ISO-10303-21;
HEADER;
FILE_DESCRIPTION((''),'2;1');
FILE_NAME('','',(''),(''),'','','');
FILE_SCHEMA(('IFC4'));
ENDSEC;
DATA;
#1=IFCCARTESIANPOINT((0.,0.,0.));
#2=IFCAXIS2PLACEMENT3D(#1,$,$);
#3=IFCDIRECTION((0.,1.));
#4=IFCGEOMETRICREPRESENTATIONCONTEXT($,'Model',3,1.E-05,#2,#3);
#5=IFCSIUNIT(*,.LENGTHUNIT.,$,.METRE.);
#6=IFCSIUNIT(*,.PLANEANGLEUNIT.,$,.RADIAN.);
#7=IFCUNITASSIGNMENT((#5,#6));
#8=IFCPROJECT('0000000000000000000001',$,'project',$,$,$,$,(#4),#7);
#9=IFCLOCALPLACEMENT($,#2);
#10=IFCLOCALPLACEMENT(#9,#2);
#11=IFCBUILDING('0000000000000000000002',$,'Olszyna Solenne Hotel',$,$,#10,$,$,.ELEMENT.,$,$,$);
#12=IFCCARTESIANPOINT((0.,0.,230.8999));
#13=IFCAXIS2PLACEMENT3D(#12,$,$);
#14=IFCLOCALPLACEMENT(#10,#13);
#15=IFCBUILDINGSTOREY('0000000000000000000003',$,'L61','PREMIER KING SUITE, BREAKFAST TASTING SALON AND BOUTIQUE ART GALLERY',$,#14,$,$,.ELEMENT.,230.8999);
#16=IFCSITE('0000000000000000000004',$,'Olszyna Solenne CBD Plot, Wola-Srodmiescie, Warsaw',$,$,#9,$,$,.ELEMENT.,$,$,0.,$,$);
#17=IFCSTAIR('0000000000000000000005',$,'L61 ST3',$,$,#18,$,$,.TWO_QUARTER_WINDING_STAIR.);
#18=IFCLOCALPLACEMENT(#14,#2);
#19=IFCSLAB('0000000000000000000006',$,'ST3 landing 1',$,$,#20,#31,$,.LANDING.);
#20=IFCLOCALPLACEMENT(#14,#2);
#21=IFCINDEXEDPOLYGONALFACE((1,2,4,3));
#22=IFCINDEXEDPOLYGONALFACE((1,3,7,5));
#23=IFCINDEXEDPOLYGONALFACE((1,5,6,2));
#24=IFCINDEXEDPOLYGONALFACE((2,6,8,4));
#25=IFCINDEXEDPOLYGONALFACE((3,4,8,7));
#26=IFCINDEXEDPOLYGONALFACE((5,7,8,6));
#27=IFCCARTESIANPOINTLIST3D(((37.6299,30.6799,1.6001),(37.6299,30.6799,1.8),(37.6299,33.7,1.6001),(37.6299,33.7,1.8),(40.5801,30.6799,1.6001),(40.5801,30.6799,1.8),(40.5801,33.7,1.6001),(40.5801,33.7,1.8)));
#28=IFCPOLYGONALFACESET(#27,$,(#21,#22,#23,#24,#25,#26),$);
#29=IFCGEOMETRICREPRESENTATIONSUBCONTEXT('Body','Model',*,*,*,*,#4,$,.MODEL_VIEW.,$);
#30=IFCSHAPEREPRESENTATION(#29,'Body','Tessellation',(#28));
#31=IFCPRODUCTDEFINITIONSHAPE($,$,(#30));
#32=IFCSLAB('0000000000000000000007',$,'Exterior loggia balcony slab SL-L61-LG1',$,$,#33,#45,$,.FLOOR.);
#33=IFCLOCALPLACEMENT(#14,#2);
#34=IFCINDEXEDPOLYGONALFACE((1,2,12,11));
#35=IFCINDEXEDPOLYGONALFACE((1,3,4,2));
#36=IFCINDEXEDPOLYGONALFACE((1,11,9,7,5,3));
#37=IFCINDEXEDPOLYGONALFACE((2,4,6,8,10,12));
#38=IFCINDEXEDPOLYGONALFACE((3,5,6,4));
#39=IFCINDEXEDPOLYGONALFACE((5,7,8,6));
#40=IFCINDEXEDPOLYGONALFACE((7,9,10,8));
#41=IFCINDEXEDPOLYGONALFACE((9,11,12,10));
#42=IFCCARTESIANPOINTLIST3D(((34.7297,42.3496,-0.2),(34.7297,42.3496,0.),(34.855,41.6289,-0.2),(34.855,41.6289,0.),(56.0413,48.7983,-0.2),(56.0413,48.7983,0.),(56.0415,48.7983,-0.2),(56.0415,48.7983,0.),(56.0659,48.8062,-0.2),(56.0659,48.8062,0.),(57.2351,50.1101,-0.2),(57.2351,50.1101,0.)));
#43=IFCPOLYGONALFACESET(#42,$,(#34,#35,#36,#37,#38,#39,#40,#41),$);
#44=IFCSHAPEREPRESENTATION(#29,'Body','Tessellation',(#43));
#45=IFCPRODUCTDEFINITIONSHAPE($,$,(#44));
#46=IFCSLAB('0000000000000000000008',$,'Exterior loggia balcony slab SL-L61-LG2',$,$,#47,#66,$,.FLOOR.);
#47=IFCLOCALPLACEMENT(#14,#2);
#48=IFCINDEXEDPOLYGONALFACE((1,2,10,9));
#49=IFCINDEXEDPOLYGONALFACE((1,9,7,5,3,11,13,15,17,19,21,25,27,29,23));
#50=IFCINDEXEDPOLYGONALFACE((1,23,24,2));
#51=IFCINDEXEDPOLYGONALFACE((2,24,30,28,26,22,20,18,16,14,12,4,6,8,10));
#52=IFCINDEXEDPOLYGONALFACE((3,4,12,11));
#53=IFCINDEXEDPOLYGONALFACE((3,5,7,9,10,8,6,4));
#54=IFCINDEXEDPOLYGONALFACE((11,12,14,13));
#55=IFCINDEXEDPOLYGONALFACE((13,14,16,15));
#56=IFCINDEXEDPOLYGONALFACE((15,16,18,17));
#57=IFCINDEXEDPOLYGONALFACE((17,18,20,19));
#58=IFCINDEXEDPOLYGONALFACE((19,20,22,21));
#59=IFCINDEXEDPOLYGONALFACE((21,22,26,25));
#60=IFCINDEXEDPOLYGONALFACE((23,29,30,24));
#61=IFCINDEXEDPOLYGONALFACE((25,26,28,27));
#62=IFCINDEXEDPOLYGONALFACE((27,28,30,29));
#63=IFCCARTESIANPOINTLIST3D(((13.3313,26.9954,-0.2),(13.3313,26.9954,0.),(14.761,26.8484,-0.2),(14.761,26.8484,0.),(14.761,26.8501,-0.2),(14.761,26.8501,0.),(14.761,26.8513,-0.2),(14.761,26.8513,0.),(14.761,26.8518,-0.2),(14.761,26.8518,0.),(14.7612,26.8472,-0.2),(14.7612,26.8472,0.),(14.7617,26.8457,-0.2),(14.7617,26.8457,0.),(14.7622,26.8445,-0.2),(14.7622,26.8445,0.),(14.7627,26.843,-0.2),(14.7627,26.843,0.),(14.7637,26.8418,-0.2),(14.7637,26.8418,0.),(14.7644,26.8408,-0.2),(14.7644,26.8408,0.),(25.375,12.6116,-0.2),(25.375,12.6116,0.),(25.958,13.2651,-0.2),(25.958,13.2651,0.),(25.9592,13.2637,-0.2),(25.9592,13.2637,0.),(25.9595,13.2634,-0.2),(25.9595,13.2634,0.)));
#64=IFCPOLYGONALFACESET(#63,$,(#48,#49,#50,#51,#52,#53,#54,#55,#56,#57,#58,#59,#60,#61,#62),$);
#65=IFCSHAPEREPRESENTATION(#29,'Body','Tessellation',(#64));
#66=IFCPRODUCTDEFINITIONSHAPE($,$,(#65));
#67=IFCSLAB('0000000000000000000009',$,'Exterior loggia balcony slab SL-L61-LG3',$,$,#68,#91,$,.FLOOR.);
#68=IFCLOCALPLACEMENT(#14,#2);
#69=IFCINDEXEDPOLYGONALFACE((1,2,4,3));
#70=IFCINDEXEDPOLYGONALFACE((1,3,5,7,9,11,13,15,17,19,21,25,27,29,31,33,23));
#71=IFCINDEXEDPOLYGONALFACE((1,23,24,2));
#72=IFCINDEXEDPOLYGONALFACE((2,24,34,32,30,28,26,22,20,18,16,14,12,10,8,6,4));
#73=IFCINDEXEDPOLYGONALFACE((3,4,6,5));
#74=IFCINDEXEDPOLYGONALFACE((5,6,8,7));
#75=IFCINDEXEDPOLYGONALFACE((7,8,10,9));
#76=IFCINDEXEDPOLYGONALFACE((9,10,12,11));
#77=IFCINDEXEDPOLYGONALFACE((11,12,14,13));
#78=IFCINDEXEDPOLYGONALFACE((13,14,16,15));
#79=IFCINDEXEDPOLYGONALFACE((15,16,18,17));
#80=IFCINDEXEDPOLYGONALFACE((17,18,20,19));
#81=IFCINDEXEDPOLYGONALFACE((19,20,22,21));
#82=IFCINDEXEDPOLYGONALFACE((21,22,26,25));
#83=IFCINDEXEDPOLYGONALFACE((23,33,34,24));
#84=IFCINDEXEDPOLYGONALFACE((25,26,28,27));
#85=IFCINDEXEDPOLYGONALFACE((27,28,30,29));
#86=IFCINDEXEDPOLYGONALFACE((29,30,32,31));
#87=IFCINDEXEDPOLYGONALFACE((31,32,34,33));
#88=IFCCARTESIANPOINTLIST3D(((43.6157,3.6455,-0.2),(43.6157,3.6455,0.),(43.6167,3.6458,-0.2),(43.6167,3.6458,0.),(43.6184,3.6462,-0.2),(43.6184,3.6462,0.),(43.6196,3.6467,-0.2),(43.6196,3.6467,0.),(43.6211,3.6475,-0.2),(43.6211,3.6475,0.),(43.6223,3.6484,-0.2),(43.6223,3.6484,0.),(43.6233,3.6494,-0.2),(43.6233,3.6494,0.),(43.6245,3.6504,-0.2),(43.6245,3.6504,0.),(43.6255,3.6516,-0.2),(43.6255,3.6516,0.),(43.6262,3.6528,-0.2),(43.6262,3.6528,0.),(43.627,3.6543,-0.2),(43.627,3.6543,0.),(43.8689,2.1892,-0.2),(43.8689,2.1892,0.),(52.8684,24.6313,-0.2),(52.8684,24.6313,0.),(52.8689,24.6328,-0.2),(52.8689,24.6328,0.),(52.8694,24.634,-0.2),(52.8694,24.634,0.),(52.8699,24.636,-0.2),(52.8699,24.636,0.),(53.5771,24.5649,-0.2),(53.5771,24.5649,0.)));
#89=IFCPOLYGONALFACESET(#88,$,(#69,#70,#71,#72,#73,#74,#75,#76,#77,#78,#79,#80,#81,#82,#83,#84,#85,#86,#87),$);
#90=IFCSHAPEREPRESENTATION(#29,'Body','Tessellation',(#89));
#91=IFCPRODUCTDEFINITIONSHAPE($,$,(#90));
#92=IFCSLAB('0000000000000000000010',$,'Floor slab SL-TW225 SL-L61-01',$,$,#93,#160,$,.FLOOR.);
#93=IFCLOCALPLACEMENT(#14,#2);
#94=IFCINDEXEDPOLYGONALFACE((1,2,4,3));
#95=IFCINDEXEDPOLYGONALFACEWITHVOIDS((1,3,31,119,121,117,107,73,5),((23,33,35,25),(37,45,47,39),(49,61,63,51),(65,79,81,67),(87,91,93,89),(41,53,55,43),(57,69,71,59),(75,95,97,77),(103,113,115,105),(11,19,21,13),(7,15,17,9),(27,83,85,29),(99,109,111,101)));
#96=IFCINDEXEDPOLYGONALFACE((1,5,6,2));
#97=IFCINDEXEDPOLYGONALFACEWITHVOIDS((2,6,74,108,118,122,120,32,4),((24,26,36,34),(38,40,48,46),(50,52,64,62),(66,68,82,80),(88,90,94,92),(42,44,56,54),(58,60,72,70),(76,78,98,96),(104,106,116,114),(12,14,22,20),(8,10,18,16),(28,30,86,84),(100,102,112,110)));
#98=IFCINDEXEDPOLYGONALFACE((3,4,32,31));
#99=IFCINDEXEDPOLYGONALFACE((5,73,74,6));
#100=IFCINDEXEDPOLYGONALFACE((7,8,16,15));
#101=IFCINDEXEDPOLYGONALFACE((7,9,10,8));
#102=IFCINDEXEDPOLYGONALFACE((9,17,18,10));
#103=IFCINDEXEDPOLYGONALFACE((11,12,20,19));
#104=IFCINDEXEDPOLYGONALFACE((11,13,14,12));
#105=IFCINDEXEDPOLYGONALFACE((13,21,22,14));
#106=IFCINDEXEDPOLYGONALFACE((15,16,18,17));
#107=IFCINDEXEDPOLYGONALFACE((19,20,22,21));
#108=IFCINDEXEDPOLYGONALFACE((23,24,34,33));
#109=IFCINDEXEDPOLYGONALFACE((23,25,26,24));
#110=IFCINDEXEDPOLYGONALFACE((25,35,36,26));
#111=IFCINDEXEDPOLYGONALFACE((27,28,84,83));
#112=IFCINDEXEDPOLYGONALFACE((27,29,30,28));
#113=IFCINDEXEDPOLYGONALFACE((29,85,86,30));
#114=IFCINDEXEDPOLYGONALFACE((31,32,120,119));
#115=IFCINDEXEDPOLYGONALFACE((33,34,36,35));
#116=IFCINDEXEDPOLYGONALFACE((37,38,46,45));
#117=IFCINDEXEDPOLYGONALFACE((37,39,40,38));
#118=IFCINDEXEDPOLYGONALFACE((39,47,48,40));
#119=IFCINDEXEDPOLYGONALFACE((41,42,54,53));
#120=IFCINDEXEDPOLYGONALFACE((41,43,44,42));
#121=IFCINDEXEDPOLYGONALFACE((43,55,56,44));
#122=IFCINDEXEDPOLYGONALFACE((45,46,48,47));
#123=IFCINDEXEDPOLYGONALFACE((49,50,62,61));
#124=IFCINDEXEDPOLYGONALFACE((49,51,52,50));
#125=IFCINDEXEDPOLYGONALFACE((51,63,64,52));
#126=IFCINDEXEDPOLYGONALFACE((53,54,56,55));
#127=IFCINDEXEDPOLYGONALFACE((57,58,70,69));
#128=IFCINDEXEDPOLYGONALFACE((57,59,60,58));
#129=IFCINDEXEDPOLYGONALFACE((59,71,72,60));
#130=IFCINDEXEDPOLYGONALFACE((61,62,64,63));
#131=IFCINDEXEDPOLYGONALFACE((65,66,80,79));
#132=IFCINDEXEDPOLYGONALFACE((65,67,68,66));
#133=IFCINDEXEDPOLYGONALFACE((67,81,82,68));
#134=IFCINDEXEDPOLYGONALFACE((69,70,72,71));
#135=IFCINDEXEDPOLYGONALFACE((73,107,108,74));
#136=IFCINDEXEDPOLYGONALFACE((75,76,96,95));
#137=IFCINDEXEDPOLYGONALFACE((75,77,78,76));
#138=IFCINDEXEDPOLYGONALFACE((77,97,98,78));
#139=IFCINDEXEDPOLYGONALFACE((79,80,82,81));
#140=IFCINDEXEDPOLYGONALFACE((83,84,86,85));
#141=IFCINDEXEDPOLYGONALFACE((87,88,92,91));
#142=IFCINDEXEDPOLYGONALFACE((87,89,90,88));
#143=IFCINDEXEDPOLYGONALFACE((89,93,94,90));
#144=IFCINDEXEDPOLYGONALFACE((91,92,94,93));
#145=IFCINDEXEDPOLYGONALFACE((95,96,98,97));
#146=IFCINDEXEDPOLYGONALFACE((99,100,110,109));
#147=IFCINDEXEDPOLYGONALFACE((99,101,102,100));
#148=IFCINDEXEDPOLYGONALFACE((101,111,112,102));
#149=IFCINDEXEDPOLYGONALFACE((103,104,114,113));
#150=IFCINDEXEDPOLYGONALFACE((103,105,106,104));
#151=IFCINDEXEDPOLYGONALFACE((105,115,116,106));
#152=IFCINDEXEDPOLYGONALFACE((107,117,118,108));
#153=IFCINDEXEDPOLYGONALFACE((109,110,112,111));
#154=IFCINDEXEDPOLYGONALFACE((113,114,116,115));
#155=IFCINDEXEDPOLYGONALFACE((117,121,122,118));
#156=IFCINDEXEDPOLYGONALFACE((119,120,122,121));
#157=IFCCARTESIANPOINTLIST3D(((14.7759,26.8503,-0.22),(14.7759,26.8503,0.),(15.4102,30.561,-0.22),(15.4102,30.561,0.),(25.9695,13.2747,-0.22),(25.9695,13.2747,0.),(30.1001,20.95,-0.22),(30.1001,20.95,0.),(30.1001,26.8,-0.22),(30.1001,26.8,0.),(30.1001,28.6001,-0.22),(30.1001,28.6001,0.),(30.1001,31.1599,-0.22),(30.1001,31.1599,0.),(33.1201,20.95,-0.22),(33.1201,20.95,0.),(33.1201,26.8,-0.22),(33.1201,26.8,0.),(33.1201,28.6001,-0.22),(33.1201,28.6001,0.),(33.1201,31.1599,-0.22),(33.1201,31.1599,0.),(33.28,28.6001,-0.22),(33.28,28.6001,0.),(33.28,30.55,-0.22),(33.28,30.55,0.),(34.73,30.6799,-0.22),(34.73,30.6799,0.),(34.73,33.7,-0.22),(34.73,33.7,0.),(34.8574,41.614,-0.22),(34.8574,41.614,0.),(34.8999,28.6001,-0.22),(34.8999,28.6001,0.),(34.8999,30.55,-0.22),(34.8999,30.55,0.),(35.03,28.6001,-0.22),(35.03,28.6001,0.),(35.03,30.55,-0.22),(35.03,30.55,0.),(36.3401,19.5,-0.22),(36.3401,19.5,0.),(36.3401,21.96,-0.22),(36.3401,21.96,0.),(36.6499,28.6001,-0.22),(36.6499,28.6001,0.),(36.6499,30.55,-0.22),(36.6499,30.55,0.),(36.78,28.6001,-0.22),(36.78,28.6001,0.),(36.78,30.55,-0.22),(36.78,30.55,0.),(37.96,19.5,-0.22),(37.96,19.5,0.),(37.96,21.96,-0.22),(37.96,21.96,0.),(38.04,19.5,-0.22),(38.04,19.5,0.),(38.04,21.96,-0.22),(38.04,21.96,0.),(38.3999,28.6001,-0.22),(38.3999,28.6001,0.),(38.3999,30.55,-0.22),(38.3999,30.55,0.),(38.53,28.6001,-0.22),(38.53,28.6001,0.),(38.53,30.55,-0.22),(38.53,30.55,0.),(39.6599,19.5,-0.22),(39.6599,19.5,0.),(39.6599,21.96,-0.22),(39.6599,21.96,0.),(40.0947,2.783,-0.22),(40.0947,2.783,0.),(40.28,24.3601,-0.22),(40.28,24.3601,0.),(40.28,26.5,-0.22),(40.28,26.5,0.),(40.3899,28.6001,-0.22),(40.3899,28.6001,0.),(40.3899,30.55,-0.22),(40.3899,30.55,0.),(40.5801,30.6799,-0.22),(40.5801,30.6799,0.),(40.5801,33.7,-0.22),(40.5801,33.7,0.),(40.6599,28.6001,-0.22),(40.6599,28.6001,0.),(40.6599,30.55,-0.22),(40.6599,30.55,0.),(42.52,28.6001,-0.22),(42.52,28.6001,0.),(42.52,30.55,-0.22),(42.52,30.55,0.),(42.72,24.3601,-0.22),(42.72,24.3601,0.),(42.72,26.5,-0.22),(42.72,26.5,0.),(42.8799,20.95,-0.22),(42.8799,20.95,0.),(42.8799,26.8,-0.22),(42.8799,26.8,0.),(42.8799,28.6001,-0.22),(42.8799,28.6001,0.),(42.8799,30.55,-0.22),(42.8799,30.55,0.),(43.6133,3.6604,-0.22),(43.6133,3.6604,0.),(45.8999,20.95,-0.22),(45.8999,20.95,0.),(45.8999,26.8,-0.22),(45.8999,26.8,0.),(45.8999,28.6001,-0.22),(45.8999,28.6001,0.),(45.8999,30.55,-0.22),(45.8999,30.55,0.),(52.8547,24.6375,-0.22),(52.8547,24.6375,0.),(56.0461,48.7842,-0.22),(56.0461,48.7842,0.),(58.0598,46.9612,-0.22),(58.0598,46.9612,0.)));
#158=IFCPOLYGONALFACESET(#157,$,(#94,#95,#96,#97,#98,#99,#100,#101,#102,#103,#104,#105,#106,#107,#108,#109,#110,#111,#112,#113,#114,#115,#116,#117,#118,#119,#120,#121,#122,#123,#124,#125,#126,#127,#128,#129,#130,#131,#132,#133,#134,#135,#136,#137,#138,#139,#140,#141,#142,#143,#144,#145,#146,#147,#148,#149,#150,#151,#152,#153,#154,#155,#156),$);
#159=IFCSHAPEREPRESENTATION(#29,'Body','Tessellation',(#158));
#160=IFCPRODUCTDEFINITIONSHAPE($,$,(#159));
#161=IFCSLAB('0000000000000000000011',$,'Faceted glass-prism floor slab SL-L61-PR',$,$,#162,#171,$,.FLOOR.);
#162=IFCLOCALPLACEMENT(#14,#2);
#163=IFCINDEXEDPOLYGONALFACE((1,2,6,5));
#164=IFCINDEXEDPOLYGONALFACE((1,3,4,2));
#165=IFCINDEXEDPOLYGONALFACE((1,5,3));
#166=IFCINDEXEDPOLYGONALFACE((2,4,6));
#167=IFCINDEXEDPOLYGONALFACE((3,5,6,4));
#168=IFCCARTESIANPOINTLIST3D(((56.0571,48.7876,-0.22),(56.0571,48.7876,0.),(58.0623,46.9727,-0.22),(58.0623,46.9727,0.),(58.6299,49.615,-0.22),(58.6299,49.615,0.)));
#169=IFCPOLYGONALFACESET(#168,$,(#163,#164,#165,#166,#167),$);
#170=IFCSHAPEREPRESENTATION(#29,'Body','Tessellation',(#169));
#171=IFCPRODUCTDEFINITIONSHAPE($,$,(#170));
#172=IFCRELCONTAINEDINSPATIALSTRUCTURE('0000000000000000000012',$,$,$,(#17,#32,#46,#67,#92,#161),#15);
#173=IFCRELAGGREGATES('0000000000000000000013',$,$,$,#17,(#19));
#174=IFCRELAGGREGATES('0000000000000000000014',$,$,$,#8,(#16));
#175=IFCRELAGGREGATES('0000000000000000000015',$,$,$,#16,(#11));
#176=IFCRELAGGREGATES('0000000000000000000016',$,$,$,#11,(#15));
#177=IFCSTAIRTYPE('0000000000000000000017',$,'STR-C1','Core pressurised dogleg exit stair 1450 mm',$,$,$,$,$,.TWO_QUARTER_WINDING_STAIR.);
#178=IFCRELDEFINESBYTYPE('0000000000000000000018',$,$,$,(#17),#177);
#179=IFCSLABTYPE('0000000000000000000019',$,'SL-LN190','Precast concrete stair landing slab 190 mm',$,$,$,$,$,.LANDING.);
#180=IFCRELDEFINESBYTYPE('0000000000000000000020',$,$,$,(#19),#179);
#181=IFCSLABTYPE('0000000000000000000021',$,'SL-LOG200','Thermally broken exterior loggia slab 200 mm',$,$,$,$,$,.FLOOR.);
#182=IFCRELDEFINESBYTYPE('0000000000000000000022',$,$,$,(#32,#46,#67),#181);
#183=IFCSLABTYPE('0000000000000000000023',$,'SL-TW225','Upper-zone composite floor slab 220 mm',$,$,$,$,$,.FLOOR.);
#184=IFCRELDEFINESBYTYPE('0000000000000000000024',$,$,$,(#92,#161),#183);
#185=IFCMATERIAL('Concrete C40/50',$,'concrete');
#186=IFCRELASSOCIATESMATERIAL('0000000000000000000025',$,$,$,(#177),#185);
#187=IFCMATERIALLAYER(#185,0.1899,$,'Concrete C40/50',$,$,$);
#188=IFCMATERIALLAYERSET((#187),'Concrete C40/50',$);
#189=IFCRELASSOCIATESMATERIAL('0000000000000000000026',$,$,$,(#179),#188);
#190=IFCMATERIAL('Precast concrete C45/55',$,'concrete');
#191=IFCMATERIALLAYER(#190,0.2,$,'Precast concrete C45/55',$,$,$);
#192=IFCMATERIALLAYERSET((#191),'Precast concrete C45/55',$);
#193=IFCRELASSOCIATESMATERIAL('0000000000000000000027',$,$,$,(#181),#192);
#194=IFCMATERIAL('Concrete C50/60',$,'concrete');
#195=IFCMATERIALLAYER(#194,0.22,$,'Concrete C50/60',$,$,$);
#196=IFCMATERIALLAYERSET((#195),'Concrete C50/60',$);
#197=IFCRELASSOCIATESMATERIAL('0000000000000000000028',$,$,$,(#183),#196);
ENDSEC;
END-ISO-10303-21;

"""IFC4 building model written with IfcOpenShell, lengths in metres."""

from ifc_helpers import new_model, si_unit, direction, frame, origin, place, context, subcontext, project, spatial, polyline, outline, extrude, material, layer, layer_set, type_object, element, aggregate, save


model = new_model("IFC4")

# Units and contexts
model_context = context("Model", 3, precision=1e-05, world=origin(), true_north=direction((0.0, 1.0)))
body_context = subcontext(model_context, "Body", "Model", "MODEL_VIEW")
ifc_project = project(units=[si_unit("LENGTHUNIT", "METRE"), si_unit("PLANEANGLEUNIT", "RADIAN")], contexts=[model_context])

# Site, building, storey
site_placement = place(None, origin())
site = spatial("IfcSite", under=ifc_project, at=site_placement, Name="Olszyna Solenne CBD Plot, Wola-Srodmiescie, Warsaw", CompositionType="ELEMENT", RefElevation=0.0)
building_placement = place(site_placement, origin())
building = spatial("IfcBuilding", under=site, at=building_placement, Name="Olszyna Solenne Hotel", CompositionType="ELEMENT")
storey_placement = place(building_placement, frame((0.0, 0.0, 230.8999)))
storey = spatial("IfcBuildingStorey", under=building, at=storey_placement, Name="L61", Description="PREMIER KING SUITE, BREAKFAST TASTING SALON AND BOUTIQUE ART GALLERY", CompositionType="ELEMENT", Elevation=230.8999)

# Stair, slab
ifc_material_1 = material(Name="Concrete C40/50", Category="concrete")
stair_type = type_object("IfcStairType", Name="STR-C1", Description="Core pressurised dogleg exit stair 1450 mm", PredefinedType="TWO_QUARTER_WINDING_STAIR", material=ifc_material_1)
ifc_layer_1 = layer(ifc_material_1, 0.1899, Name="Concrete C40/50")
ifc_layer_set_1 = layer_set([ifc_layer_1], Name="Concrete C40/50")
slab_type_1 = type_object("IfcSlabType", Name="SL-LN190", Description="Precast concrete stair landing slab 190 mm", PredefinedType="LANDING", material=ifc_layer_set_1)
stair_1_placement = place(storey_placement, origin())
stair_1 = element("IfcStair", 1, at=stair_1_placement, inside=storey, type_object=stair_type, Name="L61 ST3", PredefinedType="TWO_QUARTER_WINDING_STAIR")
slab_1_placement = place(storey_placement, frame((0.0, 0.0, 1.6001)))
slab_1 = element("IfcSlab", 2, at=slab_1_placement, type_object=slab_type_1, Name="ST3 landing 1", PredefinedType="LANDING", context=body_context, shape_type="SweptSolid", body=[
    extrude(outline(polyline([(37.6299, 30.6799), (40.5801, 30.6799), (40.5801, 33.7), (37.6299, 33.7), (37.6299, 30.6799)])), origin(), (0.0, 0.0, 1.0), 0.2),
])
aggregate(stair_1, [slab_1])

# Slabs
ifc_material_2 = material(Name="Precast concrete C45/55", Category="concrete")
ifc_layer_2 = layer(ifc_material_2, 0.2, Name="Precast concrete C45/55")
ifc_layer_set_2 = layer_set([ifc_layer_2], Name="Precast concrete C45/55")
slab_type_2 = type_object("IfcSlabType", Name="SL-LOG200", Description="Thermally broken exterior loggia slab 200 mm", PredefinedType="FLOOR", material=ifc_layer_set_2)
slab_2_placement = place(storey_placement, frame((0.0, 0.0, -0.2)))
element("IfcSlab", 3, at=slab_2_placement, inside=storey, type_object=slab_type_2, Name="Exterior loggia balcony slab SL-L61-LG1", PredefinedType="FLOOR", context=body_context, shape_type="SweptSolid", body=[
    extrude(outline(polyline([(34.855, 41.6289), (56.0413, 48.7983), (56.0415, 48.7983), (56.0659, 48.8062), (57.2351, 50.1101), (34.7297, 42.3496), (34.855, 41.6289)])), origin(), (0.0, 0.0, 1.0), 0.2),
])
slab_3_placement = place(storey_placement, frame((0.0, 0.0, -0.2)))
element("IfcSlab", 4, at=slab_3_placement, inside=storey, type_object=slab_type_2, Name="Exterior loggia balcony slab SL-L61-LG2", PredefinedType="FLOOR", context=body_context, shape_type="SweptSolid", body=[
    extrude(outline(polyline([(25.9595, 13.2634), (25.9592, 13.2637), (25.958, 13.2651), (14.7644, 26.8408), (14.7637, 26.8418), (14.7627, 26.843), (14.7622, 26.8445), (14.7617, 26.8457), (14.7612, 26.8472), (14.761, 26.8484), (14.761, 26.8501), (14.761, 26.8513), (14.761, 26.8518), (13.3313, 26.9954), (25.375, 12.6116), (25.9595, 13.2634)])), origin(), (0.0, 0.0, 1.0), 0.2),
])
slab_4_placement = place(storey_placement, frame((0.0, 0.0, -0.2)))
element("IfcSlab", 5, at=slab_4_placement, inside=storey, type_object=slab_type_2, Name="Exterior loggia balcony slab SL-L61-LG3", PredefinedType="FLOOR", context=body_context, shape_type="SweptSolid", body=[
    extrude(outline(polyline([(52.8699, 24.636), (52.8694, 24.634), (52.8689, 24.6328), (52.8684, 24.6313), (43.627, 3.6543), (43.6262, 3.6528), (43.6255, 3.6516), (43.6245, 3.6504), (43.6233, 3.6494), (43.6223, 3.6484), (43.6211, 3.6475), (43.6196, 3.6467), (43.6184, 3.6462), (43.6167, 3.6458), (43.6157, 3.6455), (43.8689, 2.1892), (53.5771, 24.5649), (52.8699, 24.636)])), origin(), (0.0, 0.0, 1.0), 0.2),
])
ifc_material_3 = material(Name="Concrete C50/60", Category="concrete")
ifc_layer_3 = layer(ifc_material_3, 0.22, Name="Concrete C50/60")
ifc_layer_set_3 = layer_set([ifc_layer_3], Name="Concrete C50/60")
slab_type_3 = type_object("IfcSlabType", Name="SL-TW225", Description="Upper-zone composite floor slab 220 mm", PredefinedType="FLOOR", material=ifc_layer_set_3)
slab_5_placement = place(storey_placement, frame((0.0, 0.0, -0.22)))
element("IfcSlab", 6, at=slab_5_placement, inside=storey, type_object=slab_type_3, Name="Floor slab SL-TW225 SL-L61-01", PredefinedType="FLOOR", context=body_context, shape_type="SweptSolid", body=[
    extrude(outline(polyline([(58.0598, 46.9612), (56.0461, 48.7842), (34.8574, 41.614), (15.4102, 30.561), (14.7759, 26.8503), (25.9695, 13.2747), (40.0947, 2.783), (43.6133, 3.6604), (52.8547, 24.6375), (58.0598, 46.9612)]), holes=[polyline([(30.1001, 20.95), (33.1201, 20.95), (33.1201, 26.8), (30.1001, 26.8), (30.1001, 20.95)]), polyline([(42.8799, 20.95), (45.8999, 20.95), (45.8999, 26.8), (42.8799, 26.8), (42.8799, 20.95)]), polyline([(34.73, 30.6799), (40.5801, 30.6799), (40.5801, 33.7), (34.73, 33.7), (34.73, 30.6799)]), polyline([(36.3401, 19.5), (37.96, 19.5), (37.96, 21.96), (36.3401, 21.96), (36.3401, 19.5)]), polyline([(38.04, 19.5), (39.6599, 19.5), (39.6599, 21.96), (38.04, 21.96), (38.04, 19.5)]), polyline([(30.1001, 28.6001), (33.1201, 28.6001), (33.1201, 31.1599), (30.1001, 31.1599), (30.1001, 28.6001)]), polyline([(40.28, 24.3601), (42.72, 24.3601), (42.72, 26.5), (40.28, 26.5), (40.28, 24.3601)]), polyline([(33.28, 28.6001), (34.8999, 28.6001), (34.8999, 30.55), (33.28, 30.55), (33.28, 28.6001)]), polyline([(35.03, 28.6001), (36.6499, 28.6001), (36.6499, 30.55), (35.03, 30.55), (35.03, 28.6001)]), polyline([(36.78, 28.6001), (38.3999, 28.6001), (38.3999, 30.55), (36.78, 30.55), (36.78, 28.6001)]), polyline([(38.53, 28.6001), (40.3899, 28.6001), (40.3899, 30.55), (38.53, 30.55), (38.53, 28.6001)]), polyline([(40.6599, 28.6001), (42.52, 28.6001), (42.52, 30.55), (40.6599, 30.55), (40.6599, 28.6001)]), polyline([(42.8799, 28.6001), (45.8999, 28.6001), (45.8999, 30.55), (42.8799, 30.55), (42.8799, 28.6001)])]), origin(), (0.0, 0.0, 1.0), 0.22),
])
slab_6_placement = place(storey_placement, frame((0.0, 0.0, -0.22)))
element("IfcSlab", 7, at=slab_6_placement, inside=storey, type_object=slab_type_3, Name="Faceted glass-prism floor slab SL-L61-PR", PredefinedType="FLOOR", context=body_context, shape_type="SweptSolid", body=[
    extrude(outline(polyline([(56.0571, 48.7876), (58.0623, 46.9727), (58.6299, 49.615), (56.0571, 48.7876)])), origin(), (0.0, 0.0, 1.0), 0.22),
])

save(model, "model.ifc")
